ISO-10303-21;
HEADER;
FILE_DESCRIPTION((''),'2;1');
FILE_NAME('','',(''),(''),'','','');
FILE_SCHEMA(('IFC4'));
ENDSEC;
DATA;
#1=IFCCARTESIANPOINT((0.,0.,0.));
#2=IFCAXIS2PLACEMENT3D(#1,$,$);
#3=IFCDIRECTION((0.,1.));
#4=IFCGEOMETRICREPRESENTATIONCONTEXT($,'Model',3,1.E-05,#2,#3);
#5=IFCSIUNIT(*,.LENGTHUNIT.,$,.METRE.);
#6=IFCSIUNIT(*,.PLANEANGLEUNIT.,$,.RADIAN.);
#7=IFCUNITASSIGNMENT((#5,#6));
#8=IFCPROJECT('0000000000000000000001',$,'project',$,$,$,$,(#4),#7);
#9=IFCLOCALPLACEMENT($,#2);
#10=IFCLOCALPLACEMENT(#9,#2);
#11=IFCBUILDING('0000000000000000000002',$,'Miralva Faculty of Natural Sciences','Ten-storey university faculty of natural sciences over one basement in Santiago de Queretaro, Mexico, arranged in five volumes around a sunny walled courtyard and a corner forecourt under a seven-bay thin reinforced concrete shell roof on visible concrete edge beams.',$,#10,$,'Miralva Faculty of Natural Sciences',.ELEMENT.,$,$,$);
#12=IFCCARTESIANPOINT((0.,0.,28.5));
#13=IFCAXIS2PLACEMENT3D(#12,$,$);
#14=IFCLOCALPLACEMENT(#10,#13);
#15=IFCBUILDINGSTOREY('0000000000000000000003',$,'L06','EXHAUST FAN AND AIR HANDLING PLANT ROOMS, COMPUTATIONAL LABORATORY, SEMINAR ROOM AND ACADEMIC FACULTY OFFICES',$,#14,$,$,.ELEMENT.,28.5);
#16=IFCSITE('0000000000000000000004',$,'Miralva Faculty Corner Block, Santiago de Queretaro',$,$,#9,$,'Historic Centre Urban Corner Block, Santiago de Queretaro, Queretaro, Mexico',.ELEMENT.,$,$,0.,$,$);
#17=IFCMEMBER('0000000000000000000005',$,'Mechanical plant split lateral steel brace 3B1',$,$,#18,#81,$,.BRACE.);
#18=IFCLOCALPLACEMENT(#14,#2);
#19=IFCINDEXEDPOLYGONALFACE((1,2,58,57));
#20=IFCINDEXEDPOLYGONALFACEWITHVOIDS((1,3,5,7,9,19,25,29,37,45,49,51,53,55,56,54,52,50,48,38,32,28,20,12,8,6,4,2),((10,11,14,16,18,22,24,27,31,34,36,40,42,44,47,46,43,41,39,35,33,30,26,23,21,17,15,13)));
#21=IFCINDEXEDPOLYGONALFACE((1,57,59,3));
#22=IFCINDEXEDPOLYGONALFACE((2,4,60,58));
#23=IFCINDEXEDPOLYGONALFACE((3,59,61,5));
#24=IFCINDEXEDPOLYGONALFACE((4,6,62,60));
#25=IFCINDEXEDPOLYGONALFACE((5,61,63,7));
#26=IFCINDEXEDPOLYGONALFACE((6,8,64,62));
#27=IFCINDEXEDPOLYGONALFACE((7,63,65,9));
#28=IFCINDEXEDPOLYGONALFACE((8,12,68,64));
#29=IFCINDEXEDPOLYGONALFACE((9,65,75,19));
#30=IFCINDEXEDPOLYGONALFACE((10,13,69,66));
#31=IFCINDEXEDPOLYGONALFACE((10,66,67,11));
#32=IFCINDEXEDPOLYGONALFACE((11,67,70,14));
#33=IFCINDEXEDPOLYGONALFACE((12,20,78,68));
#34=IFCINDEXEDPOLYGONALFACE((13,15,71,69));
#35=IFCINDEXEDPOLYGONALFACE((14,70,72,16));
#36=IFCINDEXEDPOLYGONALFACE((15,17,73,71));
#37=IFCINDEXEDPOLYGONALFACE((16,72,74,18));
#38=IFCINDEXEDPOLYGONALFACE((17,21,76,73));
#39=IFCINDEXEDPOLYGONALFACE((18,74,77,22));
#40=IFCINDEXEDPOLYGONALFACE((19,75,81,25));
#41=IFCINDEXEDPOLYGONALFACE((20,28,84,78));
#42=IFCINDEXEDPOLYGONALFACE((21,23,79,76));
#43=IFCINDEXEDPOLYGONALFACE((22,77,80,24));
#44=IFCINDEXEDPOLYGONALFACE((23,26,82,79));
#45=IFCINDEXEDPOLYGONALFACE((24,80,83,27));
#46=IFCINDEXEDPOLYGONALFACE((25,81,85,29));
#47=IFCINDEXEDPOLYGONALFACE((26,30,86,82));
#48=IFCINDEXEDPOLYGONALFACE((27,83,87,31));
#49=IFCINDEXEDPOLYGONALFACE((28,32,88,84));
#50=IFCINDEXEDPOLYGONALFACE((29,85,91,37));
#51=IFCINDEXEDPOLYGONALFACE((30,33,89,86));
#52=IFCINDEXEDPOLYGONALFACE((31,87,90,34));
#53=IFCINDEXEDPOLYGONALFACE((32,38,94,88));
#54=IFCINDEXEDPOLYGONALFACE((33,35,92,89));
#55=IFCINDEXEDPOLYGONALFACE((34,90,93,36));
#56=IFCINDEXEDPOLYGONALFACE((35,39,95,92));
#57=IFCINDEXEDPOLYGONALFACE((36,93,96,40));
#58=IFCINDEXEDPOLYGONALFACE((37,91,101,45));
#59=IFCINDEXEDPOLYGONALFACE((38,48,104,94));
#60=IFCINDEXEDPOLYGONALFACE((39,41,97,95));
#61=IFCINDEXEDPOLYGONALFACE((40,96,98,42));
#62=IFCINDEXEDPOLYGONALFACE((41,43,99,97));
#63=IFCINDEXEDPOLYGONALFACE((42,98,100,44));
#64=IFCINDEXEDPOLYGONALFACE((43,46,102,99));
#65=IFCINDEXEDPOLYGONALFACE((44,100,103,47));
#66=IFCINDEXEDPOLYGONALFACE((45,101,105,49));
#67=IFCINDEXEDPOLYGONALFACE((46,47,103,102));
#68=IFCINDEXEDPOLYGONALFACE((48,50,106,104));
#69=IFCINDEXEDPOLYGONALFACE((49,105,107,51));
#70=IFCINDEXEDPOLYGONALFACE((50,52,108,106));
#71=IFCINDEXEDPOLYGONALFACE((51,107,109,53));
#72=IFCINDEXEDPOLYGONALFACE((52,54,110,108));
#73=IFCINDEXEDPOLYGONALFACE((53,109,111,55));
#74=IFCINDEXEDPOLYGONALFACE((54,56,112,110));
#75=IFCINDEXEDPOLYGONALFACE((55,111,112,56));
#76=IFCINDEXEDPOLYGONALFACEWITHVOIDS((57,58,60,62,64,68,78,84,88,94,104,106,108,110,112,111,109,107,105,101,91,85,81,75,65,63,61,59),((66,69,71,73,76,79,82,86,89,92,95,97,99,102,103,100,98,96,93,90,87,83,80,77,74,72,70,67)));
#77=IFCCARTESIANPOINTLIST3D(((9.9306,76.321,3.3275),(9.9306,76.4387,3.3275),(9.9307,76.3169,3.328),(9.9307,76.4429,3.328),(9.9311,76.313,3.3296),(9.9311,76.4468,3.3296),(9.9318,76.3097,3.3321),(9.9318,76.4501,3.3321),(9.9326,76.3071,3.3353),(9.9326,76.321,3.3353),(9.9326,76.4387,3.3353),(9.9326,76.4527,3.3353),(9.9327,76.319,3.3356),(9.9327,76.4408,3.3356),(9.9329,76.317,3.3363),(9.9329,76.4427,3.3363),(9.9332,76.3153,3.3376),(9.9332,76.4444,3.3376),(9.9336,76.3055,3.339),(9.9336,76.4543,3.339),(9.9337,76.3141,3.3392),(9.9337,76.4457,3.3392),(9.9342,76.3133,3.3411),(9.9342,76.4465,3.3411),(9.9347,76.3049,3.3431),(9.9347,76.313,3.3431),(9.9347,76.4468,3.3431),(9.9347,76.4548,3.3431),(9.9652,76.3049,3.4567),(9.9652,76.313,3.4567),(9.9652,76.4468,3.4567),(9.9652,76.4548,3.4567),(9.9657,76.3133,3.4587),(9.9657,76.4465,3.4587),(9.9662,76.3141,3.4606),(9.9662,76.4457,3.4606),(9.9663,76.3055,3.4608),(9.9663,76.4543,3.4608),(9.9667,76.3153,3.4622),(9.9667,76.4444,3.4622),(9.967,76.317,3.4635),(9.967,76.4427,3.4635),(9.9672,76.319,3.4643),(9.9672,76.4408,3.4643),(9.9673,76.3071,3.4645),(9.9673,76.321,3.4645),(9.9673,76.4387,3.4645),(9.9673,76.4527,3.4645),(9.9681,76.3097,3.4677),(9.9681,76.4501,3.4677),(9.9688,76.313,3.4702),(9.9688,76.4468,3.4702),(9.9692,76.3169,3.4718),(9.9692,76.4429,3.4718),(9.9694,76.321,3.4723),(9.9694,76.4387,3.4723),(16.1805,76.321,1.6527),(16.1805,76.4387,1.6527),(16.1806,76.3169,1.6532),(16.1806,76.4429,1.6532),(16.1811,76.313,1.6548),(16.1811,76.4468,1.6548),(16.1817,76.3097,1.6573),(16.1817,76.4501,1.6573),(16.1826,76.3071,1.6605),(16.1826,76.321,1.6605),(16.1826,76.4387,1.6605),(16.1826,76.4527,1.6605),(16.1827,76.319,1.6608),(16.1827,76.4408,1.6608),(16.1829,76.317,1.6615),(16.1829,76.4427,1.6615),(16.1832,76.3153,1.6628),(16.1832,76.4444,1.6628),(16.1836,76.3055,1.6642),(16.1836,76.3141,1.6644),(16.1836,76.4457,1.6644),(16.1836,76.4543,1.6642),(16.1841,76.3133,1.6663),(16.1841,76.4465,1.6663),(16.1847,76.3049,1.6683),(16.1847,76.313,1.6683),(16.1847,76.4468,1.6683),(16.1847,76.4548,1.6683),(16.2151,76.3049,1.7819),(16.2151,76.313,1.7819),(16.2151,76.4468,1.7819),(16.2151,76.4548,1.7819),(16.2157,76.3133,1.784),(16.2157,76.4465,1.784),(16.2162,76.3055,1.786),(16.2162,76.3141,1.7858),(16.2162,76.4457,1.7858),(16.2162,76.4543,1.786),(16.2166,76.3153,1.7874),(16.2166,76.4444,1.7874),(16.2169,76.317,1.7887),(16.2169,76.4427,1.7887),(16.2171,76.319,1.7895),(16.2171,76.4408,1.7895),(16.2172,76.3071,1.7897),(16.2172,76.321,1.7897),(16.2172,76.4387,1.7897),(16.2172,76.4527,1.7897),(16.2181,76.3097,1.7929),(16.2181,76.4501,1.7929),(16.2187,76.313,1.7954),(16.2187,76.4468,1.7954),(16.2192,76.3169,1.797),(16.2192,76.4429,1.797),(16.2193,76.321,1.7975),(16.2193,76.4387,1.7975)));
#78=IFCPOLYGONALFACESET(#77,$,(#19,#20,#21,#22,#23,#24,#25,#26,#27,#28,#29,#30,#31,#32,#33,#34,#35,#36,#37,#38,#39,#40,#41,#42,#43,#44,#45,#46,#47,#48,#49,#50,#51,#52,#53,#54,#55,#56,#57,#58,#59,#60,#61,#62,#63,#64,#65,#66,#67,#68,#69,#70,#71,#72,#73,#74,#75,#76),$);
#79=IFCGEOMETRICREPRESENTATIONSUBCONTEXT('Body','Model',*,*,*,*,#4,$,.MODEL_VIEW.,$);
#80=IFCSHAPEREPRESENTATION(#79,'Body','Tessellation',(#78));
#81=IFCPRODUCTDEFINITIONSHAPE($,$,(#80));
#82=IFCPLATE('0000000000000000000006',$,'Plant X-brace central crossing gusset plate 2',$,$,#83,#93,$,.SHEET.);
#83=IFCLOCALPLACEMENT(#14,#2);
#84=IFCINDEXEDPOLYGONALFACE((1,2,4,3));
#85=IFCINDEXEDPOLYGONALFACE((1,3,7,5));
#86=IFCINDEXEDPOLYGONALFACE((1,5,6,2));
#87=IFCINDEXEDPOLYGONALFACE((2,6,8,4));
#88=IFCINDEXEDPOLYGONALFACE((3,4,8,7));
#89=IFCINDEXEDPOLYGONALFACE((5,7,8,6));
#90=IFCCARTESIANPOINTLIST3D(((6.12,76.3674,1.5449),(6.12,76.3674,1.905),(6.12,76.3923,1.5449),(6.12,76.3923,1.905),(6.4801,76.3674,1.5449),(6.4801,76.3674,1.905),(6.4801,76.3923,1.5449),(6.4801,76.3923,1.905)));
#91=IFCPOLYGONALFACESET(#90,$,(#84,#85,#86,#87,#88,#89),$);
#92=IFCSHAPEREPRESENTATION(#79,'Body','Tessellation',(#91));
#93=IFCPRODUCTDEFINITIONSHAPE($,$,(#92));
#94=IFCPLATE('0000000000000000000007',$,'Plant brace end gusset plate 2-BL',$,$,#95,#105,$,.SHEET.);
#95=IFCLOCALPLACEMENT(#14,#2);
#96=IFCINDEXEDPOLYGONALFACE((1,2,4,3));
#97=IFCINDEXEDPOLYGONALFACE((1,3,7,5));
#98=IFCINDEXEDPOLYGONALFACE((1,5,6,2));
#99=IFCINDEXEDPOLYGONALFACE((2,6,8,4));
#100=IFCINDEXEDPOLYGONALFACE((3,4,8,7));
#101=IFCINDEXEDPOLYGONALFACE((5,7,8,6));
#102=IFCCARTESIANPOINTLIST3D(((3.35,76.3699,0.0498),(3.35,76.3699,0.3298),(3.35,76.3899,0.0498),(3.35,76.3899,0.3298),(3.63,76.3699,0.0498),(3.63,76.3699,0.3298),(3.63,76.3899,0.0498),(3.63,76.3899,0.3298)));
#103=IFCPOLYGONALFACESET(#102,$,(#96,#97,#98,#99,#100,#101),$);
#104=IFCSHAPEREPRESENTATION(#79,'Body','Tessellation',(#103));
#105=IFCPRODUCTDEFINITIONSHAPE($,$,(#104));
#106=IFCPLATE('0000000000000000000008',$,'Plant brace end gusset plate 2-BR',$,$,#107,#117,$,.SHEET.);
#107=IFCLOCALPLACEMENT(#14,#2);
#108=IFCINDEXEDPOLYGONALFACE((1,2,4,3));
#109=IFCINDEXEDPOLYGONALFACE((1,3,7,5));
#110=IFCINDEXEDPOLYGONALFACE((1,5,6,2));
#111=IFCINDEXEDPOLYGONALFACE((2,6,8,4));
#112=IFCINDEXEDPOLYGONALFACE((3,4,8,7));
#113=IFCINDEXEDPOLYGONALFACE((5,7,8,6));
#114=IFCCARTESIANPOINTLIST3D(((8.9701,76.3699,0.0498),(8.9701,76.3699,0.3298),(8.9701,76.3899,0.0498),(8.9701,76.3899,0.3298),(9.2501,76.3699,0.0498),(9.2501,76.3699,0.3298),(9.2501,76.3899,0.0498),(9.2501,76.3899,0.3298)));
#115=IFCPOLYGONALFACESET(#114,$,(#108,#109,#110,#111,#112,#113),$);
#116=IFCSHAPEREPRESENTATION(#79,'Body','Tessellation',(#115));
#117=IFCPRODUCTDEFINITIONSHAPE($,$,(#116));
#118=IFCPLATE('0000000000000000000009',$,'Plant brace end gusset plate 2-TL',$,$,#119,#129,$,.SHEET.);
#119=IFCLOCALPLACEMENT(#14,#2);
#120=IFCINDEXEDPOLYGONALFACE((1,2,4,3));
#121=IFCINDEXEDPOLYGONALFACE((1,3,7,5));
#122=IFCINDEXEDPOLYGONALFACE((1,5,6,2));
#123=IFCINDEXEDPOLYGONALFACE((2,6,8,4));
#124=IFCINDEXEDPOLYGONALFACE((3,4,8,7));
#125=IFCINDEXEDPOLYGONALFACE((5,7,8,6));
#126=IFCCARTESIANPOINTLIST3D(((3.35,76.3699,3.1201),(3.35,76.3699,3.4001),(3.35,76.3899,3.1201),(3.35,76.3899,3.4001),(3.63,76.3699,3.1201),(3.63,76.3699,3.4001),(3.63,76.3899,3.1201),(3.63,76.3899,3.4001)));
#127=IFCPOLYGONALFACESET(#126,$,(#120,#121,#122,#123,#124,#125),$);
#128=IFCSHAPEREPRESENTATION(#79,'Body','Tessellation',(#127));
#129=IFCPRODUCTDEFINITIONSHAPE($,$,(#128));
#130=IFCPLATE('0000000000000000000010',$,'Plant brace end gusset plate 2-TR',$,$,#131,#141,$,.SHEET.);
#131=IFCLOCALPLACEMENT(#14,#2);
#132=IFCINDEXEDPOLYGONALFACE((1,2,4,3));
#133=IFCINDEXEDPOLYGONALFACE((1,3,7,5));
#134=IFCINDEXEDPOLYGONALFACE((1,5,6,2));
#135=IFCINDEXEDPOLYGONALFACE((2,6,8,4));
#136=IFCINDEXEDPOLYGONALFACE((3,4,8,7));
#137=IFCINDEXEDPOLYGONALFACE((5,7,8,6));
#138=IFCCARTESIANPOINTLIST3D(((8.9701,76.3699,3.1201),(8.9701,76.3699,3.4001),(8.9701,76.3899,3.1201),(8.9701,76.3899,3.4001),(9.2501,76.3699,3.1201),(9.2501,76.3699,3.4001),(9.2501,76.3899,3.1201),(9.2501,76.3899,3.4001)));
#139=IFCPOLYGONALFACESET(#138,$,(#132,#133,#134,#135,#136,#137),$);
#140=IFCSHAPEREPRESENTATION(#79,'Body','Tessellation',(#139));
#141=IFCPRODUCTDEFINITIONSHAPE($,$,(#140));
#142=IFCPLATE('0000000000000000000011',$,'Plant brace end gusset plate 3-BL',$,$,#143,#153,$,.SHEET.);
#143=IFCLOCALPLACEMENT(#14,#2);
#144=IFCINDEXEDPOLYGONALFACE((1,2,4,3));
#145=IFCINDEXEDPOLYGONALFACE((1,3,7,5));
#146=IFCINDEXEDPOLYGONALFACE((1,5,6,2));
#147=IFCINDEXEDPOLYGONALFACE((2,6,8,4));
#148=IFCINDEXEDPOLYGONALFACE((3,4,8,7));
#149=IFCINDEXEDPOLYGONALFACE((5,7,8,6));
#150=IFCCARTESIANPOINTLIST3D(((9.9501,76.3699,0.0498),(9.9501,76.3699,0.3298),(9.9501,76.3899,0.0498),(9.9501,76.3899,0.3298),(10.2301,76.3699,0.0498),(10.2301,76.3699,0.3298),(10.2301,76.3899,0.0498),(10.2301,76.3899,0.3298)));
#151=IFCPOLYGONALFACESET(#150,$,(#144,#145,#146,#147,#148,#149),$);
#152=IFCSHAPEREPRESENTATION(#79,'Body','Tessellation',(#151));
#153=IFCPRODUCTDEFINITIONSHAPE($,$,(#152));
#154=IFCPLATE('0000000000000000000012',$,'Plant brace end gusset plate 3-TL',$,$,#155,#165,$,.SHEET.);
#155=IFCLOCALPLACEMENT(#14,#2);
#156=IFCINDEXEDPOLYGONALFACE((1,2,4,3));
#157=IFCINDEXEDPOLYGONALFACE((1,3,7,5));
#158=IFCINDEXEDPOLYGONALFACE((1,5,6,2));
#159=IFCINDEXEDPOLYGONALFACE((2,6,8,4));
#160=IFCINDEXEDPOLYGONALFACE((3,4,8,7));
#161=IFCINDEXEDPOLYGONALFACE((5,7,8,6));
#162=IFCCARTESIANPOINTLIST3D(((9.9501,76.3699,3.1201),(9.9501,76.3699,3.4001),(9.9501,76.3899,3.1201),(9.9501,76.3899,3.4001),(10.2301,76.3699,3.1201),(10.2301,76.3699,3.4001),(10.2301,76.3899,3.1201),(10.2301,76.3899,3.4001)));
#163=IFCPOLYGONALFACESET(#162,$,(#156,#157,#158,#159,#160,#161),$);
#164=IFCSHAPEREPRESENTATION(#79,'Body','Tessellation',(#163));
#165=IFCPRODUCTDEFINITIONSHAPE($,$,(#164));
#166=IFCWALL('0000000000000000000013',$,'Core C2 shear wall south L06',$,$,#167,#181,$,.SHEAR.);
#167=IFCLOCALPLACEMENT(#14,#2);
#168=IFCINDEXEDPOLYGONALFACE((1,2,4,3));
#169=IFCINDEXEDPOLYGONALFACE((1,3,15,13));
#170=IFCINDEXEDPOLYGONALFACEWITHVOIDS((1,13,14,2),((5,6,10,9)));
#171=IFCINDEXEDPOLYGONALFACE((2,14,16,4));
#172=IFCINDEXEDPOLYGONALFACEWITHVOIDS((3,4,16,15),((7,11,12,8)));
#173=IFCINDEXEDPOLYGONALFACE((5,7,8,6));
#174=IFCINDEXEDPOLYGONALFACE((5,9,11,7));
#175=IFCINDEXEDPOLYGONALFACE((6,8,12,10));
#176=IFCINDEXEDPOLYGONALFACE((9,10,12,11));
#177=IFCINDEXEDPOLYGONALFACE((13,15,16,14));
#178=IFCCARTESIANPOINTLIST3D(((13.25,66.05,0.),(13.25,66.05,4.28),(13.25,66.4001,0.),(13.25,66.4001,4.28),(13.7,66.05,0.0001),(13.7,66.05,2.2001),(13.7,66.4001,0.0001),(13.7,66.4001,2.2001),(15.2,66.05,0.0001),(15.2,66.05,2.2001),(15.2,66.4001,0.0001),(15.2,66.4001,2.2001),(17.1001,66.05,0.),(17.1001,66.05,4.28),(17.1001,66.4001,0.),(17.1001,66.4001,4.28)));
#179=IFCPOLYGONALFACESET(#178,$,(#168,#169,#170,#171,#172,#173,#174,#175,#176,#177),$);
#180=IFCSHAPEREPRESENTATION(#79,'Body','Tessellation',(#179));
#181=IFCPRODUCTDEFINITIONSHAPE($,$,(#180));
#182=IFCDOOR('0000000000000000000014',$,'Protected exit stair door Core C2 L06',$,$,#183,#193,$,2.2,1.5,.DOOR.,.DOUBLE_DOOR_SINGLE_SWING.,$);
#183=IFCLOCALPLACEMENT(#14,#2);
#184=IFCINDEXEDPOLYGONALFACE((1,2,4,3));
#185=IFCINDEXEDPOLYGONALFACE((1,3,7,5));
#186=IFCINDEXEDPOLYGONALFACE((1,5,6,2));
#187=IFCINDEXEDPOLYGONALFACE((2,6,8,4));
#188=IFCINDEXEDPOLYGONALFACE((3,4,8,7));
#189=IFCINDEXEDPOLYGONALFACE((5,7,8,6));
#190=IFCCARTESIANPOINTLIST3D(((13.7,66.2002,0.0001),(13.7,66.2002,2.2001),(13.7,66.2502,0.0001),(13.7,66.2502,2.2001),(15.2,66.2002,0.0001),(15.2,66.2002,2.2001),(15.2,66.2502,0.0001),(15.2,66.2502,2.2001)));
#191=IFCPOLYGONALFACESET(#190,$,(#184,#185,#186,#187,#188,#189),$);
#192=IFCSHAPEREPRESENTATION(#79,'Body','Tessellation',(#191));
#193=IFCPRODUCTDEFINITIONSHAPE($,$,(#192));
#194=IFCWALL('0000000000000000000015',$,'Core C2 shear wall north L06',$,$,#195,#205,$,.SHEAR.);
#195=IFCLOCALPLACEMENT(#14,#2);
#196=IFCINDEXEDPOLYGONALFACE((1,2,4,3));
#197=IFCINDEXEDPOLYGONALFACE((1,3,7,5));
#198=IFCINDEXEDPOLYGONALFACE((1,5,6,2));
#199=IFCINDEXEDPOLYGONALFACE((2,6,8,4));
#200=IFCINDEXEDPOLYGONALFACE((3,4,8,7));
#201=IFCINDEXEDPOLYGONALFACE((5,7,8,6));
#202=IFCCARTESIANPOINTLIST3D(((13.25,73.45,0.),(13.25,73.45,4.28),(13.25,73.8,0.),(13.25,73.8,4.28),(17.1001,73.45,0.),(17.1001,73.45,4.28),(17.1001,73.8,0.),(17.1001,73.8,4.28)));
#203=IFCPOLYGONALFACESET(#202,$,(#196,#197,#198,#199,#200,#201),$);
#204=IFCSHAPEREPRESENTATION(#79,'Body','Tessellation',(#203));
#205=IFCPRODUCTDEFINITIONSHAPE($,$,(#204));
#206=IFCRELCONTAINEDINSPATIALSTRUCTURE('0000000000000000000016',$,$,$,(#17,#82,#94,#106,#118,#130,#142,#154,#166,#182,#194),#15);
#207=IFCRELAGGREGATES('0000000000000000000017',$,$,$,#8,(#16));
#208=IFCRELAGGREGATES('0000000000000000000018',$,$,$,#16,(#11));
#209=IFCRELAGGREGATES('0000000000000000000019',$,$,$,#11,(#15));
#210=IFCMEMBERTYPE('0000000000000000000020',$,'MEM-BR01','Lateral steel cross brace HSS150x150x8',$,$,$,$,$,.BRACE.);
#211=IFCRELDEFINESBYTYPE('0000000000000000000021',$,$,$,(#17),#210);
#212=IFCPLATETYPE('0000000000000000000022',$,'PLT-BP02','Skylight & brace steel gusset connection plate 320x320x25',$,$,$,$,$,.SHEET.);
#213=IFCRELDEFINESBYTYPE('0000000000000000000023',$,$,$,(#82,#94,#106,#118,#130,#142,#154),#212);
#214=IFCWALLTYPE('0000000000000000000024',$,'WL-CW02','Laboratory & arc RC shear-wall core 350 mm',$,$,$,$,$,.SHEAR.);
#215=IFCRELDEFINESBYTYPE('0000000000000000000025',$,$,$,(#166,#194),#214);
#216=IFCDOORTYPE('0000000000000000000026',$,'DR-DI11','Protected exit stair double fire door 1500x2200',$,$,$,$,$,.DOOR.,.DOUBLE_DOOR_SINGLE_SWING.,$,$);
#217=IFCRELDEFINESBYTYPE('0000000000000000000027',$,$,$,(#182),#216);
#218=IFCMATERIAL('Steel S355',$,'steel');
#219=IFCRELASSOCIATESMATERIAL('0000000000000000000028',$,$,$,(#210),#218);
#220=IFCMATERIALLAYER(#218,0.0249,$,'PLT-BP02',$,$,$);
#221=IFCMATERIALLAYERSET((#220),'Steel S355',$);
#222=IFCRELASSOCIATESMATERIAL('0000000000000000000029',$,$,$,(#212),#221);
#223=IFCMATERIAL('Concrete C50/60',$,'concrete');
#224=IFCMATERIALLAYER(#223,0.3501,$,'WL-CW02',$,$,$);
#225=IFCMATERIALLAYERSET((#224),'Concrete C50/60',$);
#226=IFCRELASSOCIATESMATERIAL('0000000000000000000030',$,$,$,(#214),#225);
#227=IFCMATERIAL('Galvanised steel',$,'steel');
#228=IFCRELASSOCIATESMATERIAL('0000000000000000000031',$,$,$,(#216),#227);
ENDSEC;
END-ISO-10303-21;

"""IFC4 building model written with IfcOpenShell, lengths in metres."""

from ifc_helpers import new_model, si_unit, direction, frame, frame_2d, origin, origin_2d, place, context, subcontext, project, spatial, rectangle, hollow_rectangle, extrude, material, layer, layer_set, material_profile, profile_set, type_object, element, fill, save


model = new_model("IFC4")

# Units and contexts
model_context = context("Model", 3, precision=1e-05, world=origin(), true_north=direction((0.0, 1.0)))
body_context = subcontext(model_context, "Body", "Model", "MODEL_VIEW")
ifc_project = project(units=[si_unit("LENGTHUNIT", "METRE"), si_unit("PLANEANGLEUNIT", "RADIAN")], contexts=[model_context])

# Site, building, storey
site_placement = place(None, origin())
site = spatial("IfcSite", under=ifc_project, at=site_placement, Name="Miralva Faculty Corner Block, Santiago de Queretaro", LongName="Historic Centre Urban Corner Block, Santiago de Queretaro, Queretaro, Mexico", CompositionType="ELEMENT", RefElevation=0.0)
building_placement = place(site_placement, origin())
building = spatial("IfcBuilding", under=site, at=building_placement, Name="Miralva Faculty of Natural Sciences", Description="Ten-storey university faculty of natural sciences over one basement in Santiago de Queretaro, Mexico, arranged in five volumes around a sunny walled courtyard and a corner forecourt under a seven-bay thin reinforced concrete shell roof on visible concrete edge beams.", LongName="Miralva Faculty of Natural Sciences", CompositionType="ELEMENT")
storey_placement = place(building_placement, frame((0.0, 0.0, 28.5)))
storey = spatial("IfcBuildingStorey", under=building, at=storey_placement, Name="L06", Description="EXHAUST FAN AND AIR HANDLING PLANT ROOMS, COMPUTATIONAL LABORATORY, SEMINAR ROOM AND ACADEMIC FACULTY OFFICES", CompositionType="ELEMENT", Elevation=28.5)

# Member
ifc_material_1 = material(Name="Steel S355", Category="steel")
ifc_material_profile_1 = material_profile(ifc_material_1, hollow_rectangle(XDim=0.1499, YDim=0.1499, WallThickness=0.0081, InnerFilletRadius=0.0081, OuterFilletRadius=0.0161, at=origin_2d()), Name="HSS 150x150x8")
ifc_profile_set_1 = profile_set([ifc_material_profile_1], Name="Steel S355")
member_type = type_object("IfcMemberType", Name="MEM-BR01", Description="Lateral steel cross brace HSS150x150x8", PredefinedType="BRACE", material=ifc_profile_set_1)
member_1_placement = place(storey_placement, frame((9.95, 76.3799, 3.3999), z_axis=(0.965921, 0.0, -0.258837), x_axis=(0.0, 1.0, 0.0)))
element("IfcMember", 1, at=member_1_placement, inside=storey, type_object=member_type, Name="Mechanical plant split lateral steel brace 3B1", PredefinedType="BRACE", context=body_context, shape_type="SweptSolid", body=[
    extrude(hollow_rectangle(XDim=0.1499, YDim=0.1499, WallThickness=0.0081, InnerFilletRadius=0.0081, OuterFilletRadius=0.0161, at=origin_2d()), origin(), (0.0, 0.0, 1.0), 6.4705),
])

# Plates
ifc_layer_1 = layer(ifc_material_1, 0.0249, Name="PLT-BP02")
ifc_layer_set_1 = layer_set([ifc_layer_1], Name="Steel S355")
plate_type = type_object("IfcPlateType", Name="PLT-BP02", Description="Skylight & brace steel gusset connection plate 320x320x25", PredefinedType="SHEET", material=ifc_layer_set_1)
plate_placement = place(storey_placement, frame((6.3, 76.3799, 1.5449), z_axis=(0.0, 0.0, 1.0), x_axis=(1.0, 0.0, 0.0)))
element("IfcPlate", 2, at=plate_placement, inside=storey, type_object=plate_type, Name="Plant X-brace central crossing gusset plate 2", PredefinedType="SHEET", context=body_context, shape_type="SweptSolid", body=[
    extrude(rectangle(XDim=0.3601, YDim=0.0249, at=origin_2d()), origin(), (0.0, 0.0, 1.0), 0.3601),
])
for number, where, z_axis, x_axis, name in (
    (3, (3.49, 76.3799, 0.0498), (0.0, 0.0, 1.0), (1.0, 0.0, 0.0), "Plant brace end gusset plate 2-BL"),
    (4, (9.1101, 76.3799, 0.0498), (0.0, 0.0, 1.0), (1.0, 0.0, 0.0), "Plant brace end gusset plate 2-BR"),
    (5, (3.49, 76.3799, 3.1201), (0.0, 0.0, 1.0), (1.0, 0.0, 0.0), "Plant brace end gusset plate 2-TL"),
    (6, (9.1101, 76.3799, 3.1201), (0.0, 0.0, 1.0), (1.0, 0.0, 0.0), "Plant brace end gusset plate 2-TR"),
    (7, (10.0901, 76.3799, 0.0498), (0.0, 0.0, 1.0), (1.0, 0.0, 0.0), "Plant brace end gusset plate 3-BL"),
    (8, (10.0901, 76.3799, 3.1201), (0.0, 0.0, 1.0), (1.0, 0.0, 0.0), "Plant brace end gusset plate 3-TL"),
):
    element("IfcPlate", number, at=place(storey_placement, frame(where, z_axis=z_axis, x_axis=x_axis)), inside=storey, type_object=plate_type, Name=name, PredefinedType="SHEET", context=body_context, shape_type="SweptSolid", body=[
        extrude(rectangle(XDim=0.28, YDim=0.02, at=origin_2d()), origin(), (0.0, 0.0, 1.0), 0.28),
    ])

# Wall, opening, door
ifc_material_2 = material(Name="Concrete C50/60", Category="concrete")
ifc_layer_2 = layer(ifc_material_2, 0.3501, Name="WL-CW02")
ifc_layer_set_2 = layer_set([ifc_layer_2], Name="Concrete C50/60")
wall_type_1 = type_object("IfcWallType", Name="WL-CW02", Description="Laboratory & arc RC shear-wall core 350 mm", PredefinedType="SHEAR", material=ifc_layer_set_2)
wall_1_placement = place(storey_placement, frame((13.25, 66.2251, 0.0), z_axis=(0.0, 0.0, 1.0), x_axis=(1.0, 0.0, 0.0)))
wall_1 = element("IfcWall", 9, at=wall_1_placement, inside=storey, type_object=wall_type_1, Name="Core C2 shear wall south L06", PredefinedType="SHEAR", context=body_context, shape_type="SweptSolid", body=[
    extrude(rectangle(XDim=3.8501, YDim=0.3501, at=frame_2d((1.925, 0.0))), origin(), (0.0, 0.0, 1.0), 4.28),
])
opening_1_placement = place(wall_1_placement, frame((0.45, 0.0, 0.0)))
opening_1 = element("IfcOpeningElement", 10, at=opening_1_placement, cuts=wall_1, PredefinedType="OPENING", context=body_context, shape_type="SweptSolid", body=[
    extrude(rectangle(XDim=1.5, YDim=2.2, at=frame_2d((0.75, 1.1001))), frame((0.0, 0.1851, 0.0), z_axis=(0.0, -1.0, 0.0), x_axis=(1.0, 0.0, 0.0)), (0.0, 0.0, 1.0), 0.3701),
])
ifc_material_3 = material(Name="Galvanised steel", Category="steel")
door_type_1 = type_object("IfcDoorType", Name="DR-DI11", Description="Protected exit stair double fire door 1500x2200", OperationType="DOUBLE_DOOR_SINGLE_SWING", PredefinedType="DOOR", material=ifc_material_3)
door_1_placement = place(opening_1_placement, frame((1.5, 0.0, 0.0), z_axis=(0.0, 0.0, 1.0), x_axis=(-1.0, 0.0, 0.0)))
door_1 = element("IfcDoor", 11, at=door_1_placement, inside=storey, type_object=door_type_1, Name="Protected exit stair door Core C2 L06", OperationType="DOUBLE_DOOR_SINGLE_SWING", OverallHeight=2.2, OverallWidth=1.5, PredefinedType="DOOR", context=body_context, shape_type="SweptSolid", body=[
    extrude(rectangle(XDim=1.5, YDim=2.2, at=frame_2d((0.75, 1.1001))), frame((0.0, 0.0249, 0.0), z_axis=(0.0, -1.0, 0.0), x_axis=(1.0, 0.0, 0.0)), (0.0, 0.0, 1.0), 0.05),
])
fill(opening_1, door_1)

# Wall
wall_2_placement = place(storey_placement, frame((13.25, 73.625, 0.0), z_axis=(0.0, 0.0, 1.0), x_axis=(1.0, 0.0, 0.0)))
element("IfcWall", 12, at=wall_2_placement, inside=storey, type_object=wall_type_1, Name="Core C2 shear wall north L06", PredefinedType="SHEAR", context=body_context, shape_type="SweptSolid", body=[
    extrude(rectangle(XDim=3.8501, YDim=0.3501, at=frame_2d((1.925, 0.0))), origin(), (0.0, 0.0, 1.0), 4.28),
])

save(model, "model.ifc")
